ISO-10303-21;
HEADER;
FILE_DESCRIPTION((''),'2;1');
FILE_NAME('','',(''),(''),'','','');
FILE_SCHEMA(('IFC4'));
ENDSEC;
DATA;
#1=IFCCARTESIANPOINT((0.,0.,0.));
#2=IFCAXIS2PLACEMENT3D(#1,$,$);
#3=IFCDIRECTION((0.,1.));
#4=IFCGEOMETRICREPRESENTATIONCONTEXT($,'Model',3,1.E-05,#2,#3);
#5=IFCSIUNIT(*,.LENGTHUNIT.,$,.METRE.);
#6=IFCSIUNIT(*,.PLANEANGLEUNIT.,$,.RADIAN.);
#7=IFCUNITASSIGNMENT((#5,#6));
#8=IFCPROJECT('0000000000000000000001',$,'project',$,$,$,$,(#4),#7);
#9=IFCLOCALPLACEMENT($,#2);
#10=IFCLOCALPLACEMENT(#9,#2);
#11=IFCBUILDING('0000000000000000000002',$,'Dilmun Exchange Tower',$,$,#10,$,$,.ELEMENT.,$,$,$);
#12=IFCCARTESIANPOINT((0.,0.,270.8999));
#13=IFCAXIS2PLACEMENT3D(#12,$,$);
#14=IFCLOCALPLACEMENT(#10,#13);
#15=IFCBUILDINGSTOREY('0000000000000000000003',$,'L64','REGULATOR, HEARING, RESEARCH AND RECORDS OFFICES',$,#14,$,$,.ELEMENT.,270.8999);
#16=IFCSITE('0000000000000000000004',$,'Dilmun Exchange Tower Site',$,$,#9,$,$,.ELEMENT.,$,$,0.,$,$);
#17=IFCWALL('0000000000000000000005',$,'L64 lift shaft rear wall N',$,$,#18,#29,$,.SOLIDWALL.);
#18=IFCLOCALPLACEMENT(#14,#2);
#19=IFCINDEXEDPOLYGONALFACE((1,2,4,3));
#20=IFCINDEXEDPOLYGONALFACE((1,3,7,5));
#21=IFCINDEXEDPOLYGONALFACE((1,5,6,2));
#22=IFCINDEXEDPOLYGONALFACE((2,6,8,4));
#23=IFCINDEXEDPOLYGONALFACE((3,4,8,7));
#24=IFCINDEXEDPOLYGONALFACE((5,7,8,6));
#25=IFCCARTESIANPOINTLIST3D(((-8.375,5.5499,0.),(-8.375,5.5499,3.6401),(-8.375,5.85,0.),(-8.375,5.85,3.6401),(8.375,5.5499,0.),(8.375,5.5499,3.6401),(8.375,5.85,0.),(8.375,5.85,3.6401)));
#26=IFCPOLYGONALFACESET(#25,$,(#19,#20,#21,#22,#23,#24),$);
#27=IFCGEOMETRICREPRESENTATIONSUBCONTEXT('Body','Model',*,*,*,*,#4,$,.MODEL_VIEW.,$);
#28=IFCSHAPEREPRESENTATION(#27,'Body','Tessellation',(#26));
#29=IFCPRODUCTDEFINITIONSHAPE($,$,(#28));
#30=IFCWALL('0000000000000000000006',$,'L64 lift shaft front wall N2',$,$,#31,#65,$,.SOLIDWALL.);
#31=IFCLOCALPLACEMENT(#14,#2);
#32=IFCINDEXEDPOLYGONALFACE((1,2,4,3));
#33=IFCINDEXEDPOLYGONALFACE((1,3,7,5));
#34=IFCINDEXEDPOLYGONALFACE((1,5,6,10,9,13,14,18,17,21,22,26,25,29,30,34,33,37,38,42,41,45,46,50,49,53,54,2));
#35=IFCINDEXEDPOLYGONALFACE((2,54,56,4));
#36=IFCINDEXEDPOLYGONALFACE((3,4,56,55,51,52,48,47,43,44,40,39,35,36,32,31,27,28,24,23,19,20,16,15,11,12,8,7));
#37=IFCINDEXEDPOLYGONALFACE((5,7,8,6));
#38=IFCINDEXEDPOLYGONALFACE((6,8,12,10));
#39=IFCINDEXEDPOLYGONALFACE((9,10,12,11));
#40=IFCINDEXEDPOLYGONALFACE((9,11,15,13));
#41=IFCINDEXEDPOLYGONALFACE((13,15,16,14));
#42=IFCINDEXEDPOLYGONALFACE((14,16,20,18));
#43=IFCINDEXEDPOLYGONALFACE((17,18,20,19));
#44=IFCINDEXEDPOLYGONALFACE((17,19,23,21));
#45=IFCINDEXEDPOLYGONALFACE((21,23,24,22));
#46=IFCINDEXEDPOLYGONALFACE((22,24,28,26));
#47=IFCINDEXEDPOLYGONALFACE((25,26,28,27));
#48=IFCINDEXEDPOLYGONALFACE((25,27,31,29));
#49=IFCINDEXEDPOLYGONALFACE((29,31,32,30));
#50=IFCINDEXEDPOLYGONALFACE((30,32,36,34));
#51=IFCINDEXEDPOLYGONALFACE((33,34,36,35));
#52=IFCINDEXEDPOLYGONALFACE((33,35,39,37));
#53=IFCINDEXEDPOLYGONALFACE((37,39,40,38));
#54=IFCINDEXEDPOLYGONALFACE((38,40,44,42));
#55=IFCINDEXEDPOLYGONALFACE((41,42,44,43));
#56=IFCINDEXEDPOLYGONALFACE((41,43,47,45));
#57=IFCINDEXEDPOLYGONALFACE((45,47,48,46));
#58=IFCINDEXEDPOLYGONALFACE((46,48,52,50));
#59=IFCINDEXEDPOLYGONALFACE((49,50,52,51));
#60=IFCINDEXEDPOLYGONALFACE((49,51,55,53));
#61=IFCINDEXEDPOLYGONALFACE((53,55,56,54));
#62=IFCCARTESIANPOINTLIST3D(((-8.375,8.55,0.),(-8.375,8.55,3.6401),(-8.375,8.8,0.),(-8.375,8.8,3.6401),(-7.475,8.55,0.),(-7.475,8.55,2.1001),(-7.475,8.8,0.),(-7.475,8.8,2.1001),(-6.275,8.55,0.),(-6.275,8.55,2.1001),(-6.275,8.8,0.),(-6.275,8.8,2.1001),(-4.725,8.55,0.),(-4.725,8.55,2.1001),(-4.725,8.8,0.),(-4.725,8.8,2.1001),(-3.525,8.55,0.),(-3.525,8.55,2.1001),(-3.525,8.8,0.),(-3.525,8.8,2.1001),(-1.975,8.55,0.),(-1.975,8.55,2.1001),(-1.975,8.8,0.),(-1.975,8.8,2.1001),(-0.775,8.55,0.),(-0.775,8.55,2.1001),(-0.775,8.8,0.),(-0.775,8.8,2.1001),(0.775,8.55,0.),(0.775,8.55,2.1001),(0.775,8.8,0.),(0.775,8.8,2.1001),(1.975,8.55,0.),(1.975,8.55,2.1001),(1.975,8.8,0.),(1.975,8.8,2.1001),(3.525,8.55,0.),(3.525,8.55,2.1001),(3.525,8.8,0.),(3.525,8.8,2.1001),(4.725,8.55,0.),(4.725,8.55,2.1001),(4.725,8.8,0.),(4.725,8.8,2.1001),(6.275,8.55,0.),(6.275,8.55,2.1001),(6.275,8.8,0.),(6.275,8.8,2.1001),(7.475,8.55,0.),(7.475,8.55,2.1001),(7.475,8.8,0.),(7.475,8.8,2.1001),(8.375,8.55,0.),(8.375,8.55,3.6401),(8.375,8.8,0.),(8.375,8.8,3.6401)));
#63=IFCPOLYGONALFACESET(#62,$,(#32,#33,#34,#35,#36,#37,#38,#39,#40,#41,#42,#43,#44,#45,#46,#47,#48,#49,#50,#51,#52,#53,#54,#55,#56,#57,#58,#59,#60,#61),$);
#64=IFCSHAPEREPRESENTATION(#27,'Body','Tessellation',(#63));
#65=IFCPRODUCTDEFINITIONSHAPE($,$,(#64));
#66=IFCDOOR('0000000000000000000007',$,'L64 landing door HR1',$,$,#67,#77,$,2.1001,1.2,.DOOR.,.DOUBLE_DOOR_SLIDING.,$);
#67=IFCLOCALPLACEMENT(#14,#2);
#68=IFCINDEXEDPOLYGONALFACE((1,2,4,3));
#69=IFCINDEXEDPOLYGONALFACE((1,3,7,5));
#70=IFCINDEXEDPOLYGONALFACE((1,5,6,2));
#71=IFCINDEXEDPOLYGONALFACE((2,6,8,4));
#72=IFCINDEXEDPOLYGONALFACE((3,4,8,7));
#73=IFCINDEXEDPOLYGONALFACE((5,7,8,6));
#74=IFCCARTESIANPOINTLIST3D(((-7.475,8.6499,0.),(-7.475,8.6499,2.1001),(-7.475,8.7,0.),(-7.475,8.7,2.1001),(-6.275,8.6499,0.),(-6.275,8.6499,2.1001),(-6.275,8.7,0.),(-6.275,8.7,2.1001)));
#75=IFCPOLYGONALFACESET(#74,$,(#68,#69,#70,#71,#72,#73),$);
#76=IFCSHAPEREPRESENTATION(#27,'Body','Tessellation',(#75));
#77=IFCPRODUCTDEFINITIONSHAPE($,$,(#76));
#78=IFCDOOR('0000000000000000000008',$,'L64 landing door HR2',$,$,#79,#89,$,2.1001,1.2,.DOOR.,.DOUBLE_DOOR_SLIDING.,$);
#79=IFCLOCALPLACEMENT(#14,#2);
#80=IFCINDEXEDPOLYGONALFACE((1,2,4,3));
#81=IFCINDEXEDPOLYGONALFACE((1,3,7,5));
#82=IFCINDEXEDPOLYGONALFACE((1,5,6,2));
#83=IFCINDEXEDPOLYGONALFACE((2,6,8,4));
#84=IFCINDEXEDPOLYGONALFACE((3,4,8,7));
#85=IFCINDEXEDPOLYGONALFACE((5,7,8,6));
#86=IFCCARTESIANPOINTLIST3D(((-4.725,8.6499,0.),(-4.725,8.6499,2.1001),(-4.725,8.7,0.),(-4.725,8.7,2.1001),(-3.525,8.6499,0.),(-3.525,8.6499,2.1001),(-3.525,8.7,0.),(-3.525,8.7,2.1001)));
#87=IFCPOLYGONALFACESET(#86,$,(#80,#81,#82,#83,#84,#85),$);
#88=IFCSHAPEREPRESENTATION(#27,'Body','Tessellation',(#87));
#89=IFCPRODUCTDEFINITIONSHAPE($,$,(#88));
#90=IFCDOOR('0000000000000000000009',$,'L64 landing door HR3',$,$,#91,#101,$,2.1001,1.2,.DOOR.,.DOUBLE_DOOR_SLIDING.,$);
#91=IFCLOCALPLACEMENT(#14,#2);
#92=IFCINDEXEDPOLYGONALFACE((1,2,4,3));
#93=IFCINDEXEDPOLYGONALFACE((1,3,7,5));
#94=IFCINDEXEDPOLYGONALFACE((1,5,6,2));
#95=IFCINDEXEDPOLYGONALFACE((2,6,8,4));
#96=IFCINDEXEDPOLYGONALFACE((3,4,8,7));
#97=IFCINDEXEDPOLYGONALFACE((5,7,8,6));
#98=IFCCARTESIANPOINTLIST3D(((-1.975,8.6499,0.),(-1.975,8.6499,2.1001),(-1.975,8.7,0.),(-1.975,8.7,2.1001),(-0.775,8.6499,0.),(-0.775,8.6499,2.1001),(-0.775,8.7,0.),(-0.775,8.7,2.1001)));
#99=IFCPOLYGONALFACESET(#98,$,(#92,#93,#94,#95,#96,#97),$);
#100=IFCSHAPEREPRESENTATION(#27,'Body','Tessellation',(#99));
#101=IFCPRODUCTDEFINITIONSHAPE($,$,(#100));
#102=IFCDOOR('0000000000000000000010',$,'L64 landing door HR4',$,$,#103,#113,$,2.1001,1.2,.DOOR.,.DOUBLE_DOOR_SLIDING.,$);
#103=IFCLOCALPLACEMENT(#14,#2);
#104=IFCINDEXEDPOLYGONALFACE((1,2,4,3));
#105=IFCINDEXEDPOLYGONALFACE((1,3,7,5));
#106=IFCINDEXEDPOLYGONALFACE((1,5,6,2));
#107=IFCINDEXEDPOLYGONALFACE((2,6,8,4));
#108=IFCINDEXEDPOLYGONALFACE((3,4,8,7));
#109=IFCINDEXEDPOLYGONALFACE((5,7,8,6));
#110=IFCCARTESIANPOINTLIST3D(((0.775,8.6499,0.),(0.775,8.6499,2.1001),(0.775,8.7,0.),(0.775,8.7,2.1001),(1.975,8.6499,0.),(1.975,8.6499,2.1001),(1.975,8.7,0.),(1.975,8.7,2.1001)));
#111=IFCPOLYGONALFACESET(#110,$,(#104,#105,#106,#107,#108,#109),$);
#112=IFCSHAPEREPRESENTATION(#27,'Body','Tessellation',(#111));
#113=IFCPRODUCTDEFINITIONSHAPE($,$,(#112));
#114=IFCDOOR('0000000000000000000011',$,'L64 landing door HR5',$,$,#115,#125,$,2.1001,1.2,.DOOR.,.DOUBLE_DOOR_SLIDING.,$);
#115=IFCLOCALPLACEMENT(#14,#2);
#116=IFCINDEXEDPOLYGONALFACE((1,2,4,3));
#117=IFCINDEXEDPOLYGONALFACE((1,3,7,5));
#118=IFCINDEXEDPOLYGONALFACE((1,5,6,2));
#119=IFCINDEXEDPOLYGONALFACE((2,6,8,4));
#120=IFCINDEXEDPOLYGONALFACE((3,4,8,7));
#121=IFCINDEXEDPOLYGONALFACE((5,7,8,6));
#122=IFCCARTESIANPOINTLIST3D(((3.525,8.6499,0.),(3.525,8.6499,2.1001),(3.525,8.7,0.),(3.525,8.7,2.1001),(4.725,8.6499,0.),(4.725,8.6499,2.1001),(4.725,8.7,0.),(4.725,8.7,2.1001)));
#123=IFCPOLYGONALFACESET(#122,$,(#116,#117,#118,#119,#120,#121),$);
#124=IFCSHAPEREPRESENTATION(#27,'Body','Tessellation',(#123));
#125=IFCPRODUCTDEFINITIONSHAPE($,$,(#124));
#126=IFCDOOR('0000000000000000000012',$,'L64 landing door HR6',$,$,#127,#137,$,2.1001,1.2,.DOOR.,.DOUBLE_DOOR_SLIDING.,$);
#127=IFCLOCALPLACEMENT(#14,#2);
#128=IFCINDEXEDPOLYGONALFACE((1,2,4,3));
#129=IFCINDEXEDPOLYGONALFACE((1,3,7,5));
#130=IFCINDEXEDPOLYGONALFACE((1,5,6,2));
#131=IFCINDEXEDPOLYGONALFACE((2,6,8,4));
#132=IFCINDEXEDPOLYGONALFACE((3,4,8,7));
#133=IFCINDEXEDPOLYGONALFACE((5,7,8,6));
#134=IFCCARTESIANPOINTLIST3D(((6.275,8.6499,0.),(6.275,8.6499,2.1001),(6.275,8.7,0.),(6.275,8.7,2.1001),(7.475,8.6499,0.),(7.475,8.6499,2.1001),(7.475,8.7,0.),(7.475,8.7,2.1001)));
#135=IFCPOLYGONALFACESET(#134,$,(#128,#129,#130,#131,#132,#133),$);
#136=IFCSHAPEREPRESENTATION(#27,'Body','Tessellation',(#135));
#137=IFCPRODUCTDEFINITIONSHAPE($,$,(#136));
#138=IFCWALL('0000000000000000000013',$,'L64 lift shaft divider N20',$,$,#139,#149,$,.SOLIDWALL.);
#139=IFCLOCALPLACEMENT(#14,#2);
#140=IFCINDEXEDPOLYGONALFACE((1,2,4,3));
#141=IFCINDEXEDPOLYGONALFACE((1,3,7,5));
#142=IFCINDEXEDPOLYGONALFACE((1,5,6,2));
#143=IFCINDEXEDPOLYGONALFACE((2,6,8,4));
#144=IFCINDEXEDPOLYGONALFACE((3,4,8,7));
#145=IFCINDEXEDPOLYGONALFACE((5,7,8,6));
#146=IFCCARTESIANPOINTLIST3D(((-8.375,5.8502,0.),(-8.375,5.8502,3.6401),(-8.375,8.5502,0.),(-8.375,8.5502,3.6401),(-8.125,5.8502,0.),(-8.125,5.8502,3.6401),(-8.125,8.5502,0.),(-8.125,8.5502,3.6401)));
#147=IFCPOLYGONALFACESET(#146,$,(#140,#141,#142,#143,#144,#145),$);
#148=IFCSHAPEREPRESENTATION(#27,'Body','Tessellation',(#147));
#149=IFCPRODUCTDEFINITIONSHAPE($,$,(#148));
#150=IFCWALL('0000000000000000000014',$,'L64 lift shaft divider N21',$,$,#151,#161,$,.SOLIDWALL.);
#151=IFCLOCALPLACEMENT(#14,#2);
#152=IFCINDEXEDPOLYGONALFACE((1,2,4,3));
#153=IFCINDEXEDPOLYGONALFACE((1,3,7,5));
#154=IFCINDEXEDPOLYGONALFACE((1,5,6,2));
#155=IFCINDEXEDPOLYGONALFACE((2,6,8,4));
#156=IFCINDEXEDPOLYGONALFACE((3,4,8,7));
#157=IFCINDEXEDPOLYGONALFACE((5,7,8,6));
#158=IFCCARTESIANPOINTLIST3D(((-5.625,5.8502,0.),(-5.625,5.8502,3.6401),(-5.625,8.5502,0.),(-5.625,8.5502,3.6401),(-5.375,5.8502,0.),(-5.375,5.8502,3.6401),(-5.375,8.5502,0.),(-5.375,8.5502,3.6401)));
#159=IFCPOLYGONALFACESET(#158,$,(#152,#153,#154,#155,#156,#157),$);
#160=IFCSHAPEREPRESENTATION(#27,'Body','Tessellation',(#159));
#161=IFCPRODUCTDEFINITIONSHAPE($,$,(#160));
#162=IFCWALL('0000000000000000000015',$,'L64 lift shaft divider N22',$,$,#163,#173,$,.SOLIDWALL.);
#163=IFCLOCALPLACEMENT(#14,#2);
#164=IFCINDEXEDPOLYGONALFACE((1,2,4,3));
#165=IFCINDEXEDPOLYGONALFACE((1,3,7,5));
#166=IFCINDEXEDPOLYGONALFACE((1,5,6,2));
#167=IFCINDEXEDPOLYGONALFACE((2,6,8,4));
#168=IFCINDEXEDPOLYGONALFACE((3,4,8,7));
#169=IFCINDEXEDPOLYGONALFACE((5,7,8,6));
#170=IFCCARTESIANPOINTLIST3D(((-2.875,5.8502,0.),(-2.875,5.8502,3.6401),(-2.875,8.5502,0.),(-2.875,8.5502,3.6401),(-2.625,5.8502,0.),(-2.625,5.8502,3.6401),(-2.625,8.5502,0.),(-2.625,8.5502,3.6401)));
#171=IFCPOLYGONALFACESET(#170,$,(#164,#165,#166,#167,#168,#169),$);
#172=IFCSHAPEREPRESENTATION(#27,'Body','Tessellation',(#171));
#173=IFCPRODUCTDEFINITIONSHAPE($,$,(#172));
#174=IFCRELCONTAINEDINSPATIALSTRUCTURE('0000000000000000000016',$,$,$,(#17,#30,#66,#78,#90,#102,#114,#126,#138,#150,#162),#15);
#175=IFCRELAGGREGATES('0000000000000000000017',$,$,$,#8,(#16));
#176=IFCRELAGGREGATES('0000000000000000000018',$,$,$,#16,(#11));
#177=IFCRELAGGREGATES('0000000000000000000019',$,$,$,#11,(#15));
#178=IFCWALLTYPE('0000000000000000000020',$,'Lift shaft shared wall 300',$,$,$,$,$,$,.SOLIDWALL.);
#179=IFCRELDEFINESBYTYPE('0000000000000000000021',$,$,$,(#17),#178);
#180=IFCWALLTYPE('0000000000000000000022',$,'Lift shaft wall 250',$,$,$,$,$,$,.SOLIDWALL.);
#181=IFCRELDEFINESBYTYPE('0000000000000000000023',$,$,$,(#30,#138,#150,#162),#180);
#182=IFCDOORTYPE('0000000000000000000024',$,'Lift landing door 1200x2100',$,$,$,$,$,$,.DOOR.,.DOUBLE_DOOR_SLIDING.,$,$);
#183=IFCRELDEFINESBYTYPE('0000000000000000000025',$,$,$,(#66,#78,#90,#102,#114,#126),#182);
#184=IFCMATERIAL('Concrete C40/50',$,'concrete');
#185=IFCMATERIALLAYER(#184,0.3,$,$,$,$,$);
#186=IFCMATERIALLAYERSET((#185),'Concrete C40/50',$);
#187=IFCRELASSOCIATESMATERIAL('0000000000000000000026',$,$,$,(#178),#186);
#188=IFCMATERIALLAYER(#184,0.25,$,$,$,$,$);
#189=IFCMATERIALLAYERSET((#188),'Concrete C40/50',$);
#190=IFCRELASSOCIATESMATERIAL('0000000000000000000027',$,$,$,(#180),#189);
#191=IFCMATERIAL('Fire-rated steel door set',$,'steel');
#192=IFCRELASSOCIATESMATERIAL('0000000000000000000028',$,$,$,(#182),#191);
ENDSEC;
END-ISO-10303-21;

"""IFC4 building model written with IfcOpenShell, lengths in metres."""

from ifc_helpers import new_model, si_unit, direction, frame, frame_2d, origin, place, context, subcontext, project, spatial, rectangle, extrude, material, layer, layer_set, type_object, element, fill, save


model = new_model("IFC4")

# Units and contexts
model_context = context("Model", 3, precision=1e-05, world=origin(), true_north=direction((0.0, 1.0)))
body_context = subcontext(model_context, "Body", "Model", "MODEL_VIEW")
ifc_project = project(units=[si_unit("LENGTHUNIT", "METRE"), si_unit("PLANEANGLEUNIT", "RADIAN")], contexts=[model_context])

# Site, building, storey
site_placement = place(None, origin())
site = spatial("IfcSite", under=ifc_project, at=site_placement, Name="Dilmun Exchange Tower Site", CompositionType="ELEMENT", RefElevation=0.0)
building_placement = place(site_placement, origin())
building = spatial("IfcBuilding", under=site, at=building_placement, Name="Dilmun Exchange Tower", CompositionType="ELEMENT")
storey_placement = place(building_placement, frame((0.0, 0.0, 270.8999)))
storey = spatial("IfcBuildingStorey", under=building, at=storey_placement, Name="L64", Description="REGULATOR, HEARING, RESEARCH AND RECORDS OFFICES", CompositionType="ELEMENT", Elevation=270.8999)

# Shared definitions
ifc_material_1 = material(Name="Concrete C40/50", Category="concrete")

# Shared definitions
ifc_material_2 = material(Name="Fire-rated steel door set", Category="steel")

# Wall
ifc_layer_1 = layer(ifc_material_1, 0.3)
ifc_layer_set_1 = layer_set([ifc_layer_1], Name="Concrete C40/50")
wall_type_1 = type_object("IfcWallType", Name="Lift shaft shared wall 300", PredefinedType="SOLIDWALL", material=ifc_layer_set_1)
wall_1_placement = place(storey_placement, frame((-8.375, 5.7, 0.0), z_axis=(0.0, 0.0, 1.0), x_axis=(1.0, 0.0, 0.0)))
element("IfcWall", 1, at=wall_1_placement, inside=storey, type_object=wall_type_1, Name="L64 lift shaft rear wall N", PredefinedType="SOLIDWALL", context=body_context, shape_type="SweptSolid", body=[
    extrude(rectangle(XDim=16.75, YDim=0.3, at=frame_2d((8.375, 0.0))), origin(), (0.0, 0.0, 1.0), 3.6401),
])

# Wall, openings, doors
ifc_layer_2 = layer(ifc_material_1, 0.25)
ifc_layer_set_2 = layer_set([ifc_layer_2], Name="Concrete C40/50")
wall_type_2 = type_object("IfcWallType", Name="Lift shaft wall 250", PredefinedType="SOLIDWALL", material=ifc_layer_set_2)
wall_2_placement = place(storey_placement, frame((-8.375, 8.675, 0.0), z_axis=(0.0, 0.0, 1.0), x_axis=(1.0, 0.0, 0.0)))
wall_2 = element("IfcWall", 2, at=wall_2_placement, inside=storey, type_object=wall_type_2, Name="L64 lift shaft front wall N2", PredefinedType="SOLIDWALL", context=body_context, shape_type="SweptSolid", body=[
    extrude(rectangle(XDim=16.75, YDim=0.25, at=frame_2d((8.375, 0.0))), origin(), (0.0, 0.0, 1.0), 3.6401),
])
opening_1_placement = place(wall_2_placement, frame((0.8999, 0.0, 0.0)))
opening_1 = element("IfcOpeningElement", 3, at=opening_1_placement, cuts=wall_2, PredefinedType="OPENING", context=body_context, shape_type="SweptSolid", body=[
    extrude(rectangle(XDim=1.2, YDim=2.1001, at=frame_2d((0.6001, 1.05))), frame((0.0, 0.135, 0.0), z_axis=(0.0, -1.0, 0.0), x_axis=(1.0, 0.0, 0.0)), (0.0, 0.0, 1.0), 0.27),
])
opening_2_placement = place(wall_2_placement, frame((3.6499, 0.0, 0.0)))
opening_2 = element("IfcOpeningElement", 4, at=opening_2_placement, cuts=wall_2, PredefinedType="OPENING", context=body_context, shape_type="SweptSolid", body=[
    extrude(rectangle(XDim=1.2, YDim=2.1001, at=frame_2d((0.6001, 1.05))), frame((0.0, 0.135, 0.0), z_axis=(0.0, -1.0, 0.0), x_axis=(1.0, 0.0, 0.0)), (0.0, 0.0, 1.0), 0.27),
])
opening_3_placement = place(wall_2_placement, frame((6.3999, 0.0, 0.0)))
opening_3 = element("IfcOpeningElement", 5, at=opening_3_placement, cuts=wall_2, PredefinedType="OPENING", context=body_context, shape_type="SweptSolid", body=[
    extrude(rectangle(XDim=1.2, YDim=2.1001, at=frame_2d((0.6001, 1.05))), frame((0.0, 0.135, 0.0), z_axis=(0.0, -1.0, 0.0), x_axis=(1.0, 0.0, 0.0)), (0.0, 0.0, 1.0), 0.27),
])
opening_4_placement = place(wall_2_placement, frame((9.1499, 0.0, 0.0)))
opening_4 = element("IfcOpeningElement", 6, at=opening_4_placement, cuts=wall_2, PredefinedType="OPENING", context=body_context, shape_type="SweptSolid", body=[
    extrude(rectangle(XDim=1.2, YDim=2.1001, at=frame_2d((0.6001, 1.05))), frame((0.0, 0.135, 0.0), z_axis=(0.0, -1.0, 0.0), x_axis=(1.0, 0.0, 0.0)), (0.0, 0.0, 1.0), 0.27),
])
opening_5_placement = place(wall_2_placement, frame((11.8999, 0.0, 0.0)))
opening_5 = element("IfcOpeningElement", 7, at=opening_5_placement, cuts=wall_2, PredefinedType="OPENING", context=body_context, shape_type="SweptSolid", body=[
    extrude(rectangle(XDim=1.2, YDim=2.1001, at=frame_2d((0.6001, 1.05))), frame((0.0, 0.135, 0.0), z_axis=(0.0, -1.0, 0.0), x_axis=(1.0, 0.0, 0.0)), (0.0, 0.0, 1.0), 0.27),
])
opening_6_placement = place(wall_2_placement, frame((14.6499, 0.0, 0.0)))
opening_6 = element("IfcOpeningElement", 8, at=opening_6_placement, cuts=wall_2, PredefinedType="OPENING", context=body_context, shape_type="SweptSolid", body=[
    extrude(rectangle(XDim=1.2, YDim=2.1001, at=frame_2d((0.6001, 1.05))), frame((0.0, 0.135, 0.0), z_axis=(0.0, -1.0, 0.0), x_axis=(1.0, 0.0, 0.0)), (0.0, 0.0, 1.0), 0.27),
])
door_type_1 = type_object("IfcDoorType", Name="Lift landing door 1200x2100", OperationType="DOUBLE_DOOR_SLIDING", PredefinedType="DOOR", material=ifc_material_2)
door_1_placement = place(opening_1_placement, origin())
door_1 = element("IfcDoor", 9, at=door_1_placement, inside=storey, type_object=door_type_1, Name="L64 landing door HR1", OperationType="DOUBLE_DOOR_SLIDING", OverallHeight=2.1001, OverallWidth=1.2, PredefinedType="DOOR", context=body_context, shape_type="SweptSolid", body=[
    extrude(rectangle(XDim=1.2, YDim=2.1001, at=frame_2d((0.6001, 1.05))), frame((0.0, 0.0249, 0.0), z_axis=(0.0, -1.0, 0.0), x_axis=(1.0, 0.0, 0.0)), (0.0, 0.0, 1.0), 0.05),
])
fill(opening_1, door_1)
door_2_placement = place(opening_2_placement, origin())
door_2 = element("IfcDoor", 10, at=door_2_placement, inside=storey, type_object=door_type_1, Name="L64 landing door HR2", OperationType="DOUBLE_DOOR_SLIDING", OverallHeight=2.1001, OverallWidth=1.2, PredefinedType="DOOR", context=body_context, shape_type="SweptSolid", body=[
    extrude(rectangle(XDim=1.2, YDim=2.1001, at=frame_2d((0.6001, 1.05))), frame((0.0, 0.0249, 0.0), z_axis=(0.0, -1.0, 0.0), x_axis=(1.0, 0.0, 0.0)), (0.0, 0.0, 1.0), 0.05),
])
fill(opening_2, door_2)
door_3_placement = place(opening_3_placement, origin())
door_3 = element("IfcDoor", 11, at=door_3_placement, inside=storey, type_object=door_type_1, Name="L64 landing door HR3", OperationType="DOUBLE_DOOR_SLIDING", OverallHeight=2.1001, OverallWidth=1.2, PredefinedType="DOOR", context=body_context, shape_type="SweptSolid", body=[
    extrude(rectangle(XDim=1.2, YDim=2.1001, at=frame_2d((0.6001, 1.05))), frame((0.0, 0.0249, 0.0), z_axis=(0.0, -1.0, 0.0), x_axis=(1.0, 0.0, 0.0)), (0.0, 0.0, 1.0), 0.05),
])
fill(opening_3, door_3)
door_4_placement = place(opening_4_placement, origin())
door_4 = element("IfcDoor", 12, at=door_4_placement, inside=storey, type_object=door_type_1, Name="L64 landing door HR4", OperationType="DOUBLE_DOOR_SLIDING", OverallHeight=2.1001, OverallWidth=1.2, PredefinedType="DOOR", context=body_context, shape_type="SweptSolid", body=[
    extrude(rectangle(XDim=1.2, YDim=2.1001, at=frame_2d((0.6001, 1.05))), frame((0.0, 0.0249, 0.0), z_axis=(0.0, -1.0, 0.0), x_axis=(1.0, 0.0, 0.0)), (0.0, 0.0, 1.0), 0.05),
])
fill(opening_4, door_4)
door_5_placement = place(opening_5_placement, origin())
door_5 = element("IfcDoor", 13, at=door_5_placement, inside=storey, type_object=door_type_1, Name="L64 landing door HR5", OperationType="DOUBLE_DOOR_SLIDING", OverallHeight=2.1001, OverallWidth=1.2, PredefinedType="DOOR", context=body_context, shape_type="SweptSolid", body=[
    extrude(rectangle(XDim=1.2, YDim=2.1001, at=frame_2d((0.6001, 1.05))), frame((0.0, 0.0249, 0.0), z_axis=(0.0, -1.0, 0.0), x_axis=(1.0, 0.0, 0.0)), (0.0, 0.0, 1.0), 0.05),
])
fill(opening_5, door_5)
door_6_placement = place(opening_6_placement, origin())
door_6 = element("IfcDoor", 14, at=door_6_placement, inside=storey, type_object=door_type_1, Name="L64 landing door HR6", OperationType="DOUBLE_DOOR_SLIDING", OverallHeight=2.1001, OverallWidth=1.2, PredefinedType="DOOR", context=body_context, shape_type="SweptSolid", body=[
    extrude(rectangle(XDim=1.2, YDim=2.1001, at=frame_2d((0.6001, 1.05))), frame((0.0, 0.0249, 0.0), z_axis=(0.0, -1.0, 0.0), x_axis=(1.0, 0.0, 0.0)), (0.0, 0.0, 1.0), 0.05),
])
fill(opening_6, door_6)

# Walls
for number, where, z_axis, x_axis, name in (
    (15, (-8.25, 5.8501, 0.0), (0.0, 0.0, 1.0), (0.0, 1.0, 0.0), "L64 lift shaft divider N20"),
    (16, (-5.5, 5.8501, 0.0), (0.0, 0.0, 1.0), (0.0, 1.0, 0.0), "L64 lift shaft divider N21"),
    (17, (-2.75, 5.8501, 0.0), (0.0, 0.0, 1.0), (0.0, 1.0, 0.0), "L64 lift shaft divider N22"),
):
    element("IfcWall", number, at=place(storey_placement, frame(where, z_axis=z_axis, x_axis=x_axis)), inside=storey, type_object=wall_type_2, Name=name, PredefinedType="SOLIDWALL", context=body_context, shape_type="SweptSolid", body=[
        extrude(rectangle(XDim=2.7, YDim=0.25, at=frame_2d((1.3501, 0.0))), origin(), (0.0, 0.0, 1.0), 3.6401),
    ])

save(model, "model.ifc")
